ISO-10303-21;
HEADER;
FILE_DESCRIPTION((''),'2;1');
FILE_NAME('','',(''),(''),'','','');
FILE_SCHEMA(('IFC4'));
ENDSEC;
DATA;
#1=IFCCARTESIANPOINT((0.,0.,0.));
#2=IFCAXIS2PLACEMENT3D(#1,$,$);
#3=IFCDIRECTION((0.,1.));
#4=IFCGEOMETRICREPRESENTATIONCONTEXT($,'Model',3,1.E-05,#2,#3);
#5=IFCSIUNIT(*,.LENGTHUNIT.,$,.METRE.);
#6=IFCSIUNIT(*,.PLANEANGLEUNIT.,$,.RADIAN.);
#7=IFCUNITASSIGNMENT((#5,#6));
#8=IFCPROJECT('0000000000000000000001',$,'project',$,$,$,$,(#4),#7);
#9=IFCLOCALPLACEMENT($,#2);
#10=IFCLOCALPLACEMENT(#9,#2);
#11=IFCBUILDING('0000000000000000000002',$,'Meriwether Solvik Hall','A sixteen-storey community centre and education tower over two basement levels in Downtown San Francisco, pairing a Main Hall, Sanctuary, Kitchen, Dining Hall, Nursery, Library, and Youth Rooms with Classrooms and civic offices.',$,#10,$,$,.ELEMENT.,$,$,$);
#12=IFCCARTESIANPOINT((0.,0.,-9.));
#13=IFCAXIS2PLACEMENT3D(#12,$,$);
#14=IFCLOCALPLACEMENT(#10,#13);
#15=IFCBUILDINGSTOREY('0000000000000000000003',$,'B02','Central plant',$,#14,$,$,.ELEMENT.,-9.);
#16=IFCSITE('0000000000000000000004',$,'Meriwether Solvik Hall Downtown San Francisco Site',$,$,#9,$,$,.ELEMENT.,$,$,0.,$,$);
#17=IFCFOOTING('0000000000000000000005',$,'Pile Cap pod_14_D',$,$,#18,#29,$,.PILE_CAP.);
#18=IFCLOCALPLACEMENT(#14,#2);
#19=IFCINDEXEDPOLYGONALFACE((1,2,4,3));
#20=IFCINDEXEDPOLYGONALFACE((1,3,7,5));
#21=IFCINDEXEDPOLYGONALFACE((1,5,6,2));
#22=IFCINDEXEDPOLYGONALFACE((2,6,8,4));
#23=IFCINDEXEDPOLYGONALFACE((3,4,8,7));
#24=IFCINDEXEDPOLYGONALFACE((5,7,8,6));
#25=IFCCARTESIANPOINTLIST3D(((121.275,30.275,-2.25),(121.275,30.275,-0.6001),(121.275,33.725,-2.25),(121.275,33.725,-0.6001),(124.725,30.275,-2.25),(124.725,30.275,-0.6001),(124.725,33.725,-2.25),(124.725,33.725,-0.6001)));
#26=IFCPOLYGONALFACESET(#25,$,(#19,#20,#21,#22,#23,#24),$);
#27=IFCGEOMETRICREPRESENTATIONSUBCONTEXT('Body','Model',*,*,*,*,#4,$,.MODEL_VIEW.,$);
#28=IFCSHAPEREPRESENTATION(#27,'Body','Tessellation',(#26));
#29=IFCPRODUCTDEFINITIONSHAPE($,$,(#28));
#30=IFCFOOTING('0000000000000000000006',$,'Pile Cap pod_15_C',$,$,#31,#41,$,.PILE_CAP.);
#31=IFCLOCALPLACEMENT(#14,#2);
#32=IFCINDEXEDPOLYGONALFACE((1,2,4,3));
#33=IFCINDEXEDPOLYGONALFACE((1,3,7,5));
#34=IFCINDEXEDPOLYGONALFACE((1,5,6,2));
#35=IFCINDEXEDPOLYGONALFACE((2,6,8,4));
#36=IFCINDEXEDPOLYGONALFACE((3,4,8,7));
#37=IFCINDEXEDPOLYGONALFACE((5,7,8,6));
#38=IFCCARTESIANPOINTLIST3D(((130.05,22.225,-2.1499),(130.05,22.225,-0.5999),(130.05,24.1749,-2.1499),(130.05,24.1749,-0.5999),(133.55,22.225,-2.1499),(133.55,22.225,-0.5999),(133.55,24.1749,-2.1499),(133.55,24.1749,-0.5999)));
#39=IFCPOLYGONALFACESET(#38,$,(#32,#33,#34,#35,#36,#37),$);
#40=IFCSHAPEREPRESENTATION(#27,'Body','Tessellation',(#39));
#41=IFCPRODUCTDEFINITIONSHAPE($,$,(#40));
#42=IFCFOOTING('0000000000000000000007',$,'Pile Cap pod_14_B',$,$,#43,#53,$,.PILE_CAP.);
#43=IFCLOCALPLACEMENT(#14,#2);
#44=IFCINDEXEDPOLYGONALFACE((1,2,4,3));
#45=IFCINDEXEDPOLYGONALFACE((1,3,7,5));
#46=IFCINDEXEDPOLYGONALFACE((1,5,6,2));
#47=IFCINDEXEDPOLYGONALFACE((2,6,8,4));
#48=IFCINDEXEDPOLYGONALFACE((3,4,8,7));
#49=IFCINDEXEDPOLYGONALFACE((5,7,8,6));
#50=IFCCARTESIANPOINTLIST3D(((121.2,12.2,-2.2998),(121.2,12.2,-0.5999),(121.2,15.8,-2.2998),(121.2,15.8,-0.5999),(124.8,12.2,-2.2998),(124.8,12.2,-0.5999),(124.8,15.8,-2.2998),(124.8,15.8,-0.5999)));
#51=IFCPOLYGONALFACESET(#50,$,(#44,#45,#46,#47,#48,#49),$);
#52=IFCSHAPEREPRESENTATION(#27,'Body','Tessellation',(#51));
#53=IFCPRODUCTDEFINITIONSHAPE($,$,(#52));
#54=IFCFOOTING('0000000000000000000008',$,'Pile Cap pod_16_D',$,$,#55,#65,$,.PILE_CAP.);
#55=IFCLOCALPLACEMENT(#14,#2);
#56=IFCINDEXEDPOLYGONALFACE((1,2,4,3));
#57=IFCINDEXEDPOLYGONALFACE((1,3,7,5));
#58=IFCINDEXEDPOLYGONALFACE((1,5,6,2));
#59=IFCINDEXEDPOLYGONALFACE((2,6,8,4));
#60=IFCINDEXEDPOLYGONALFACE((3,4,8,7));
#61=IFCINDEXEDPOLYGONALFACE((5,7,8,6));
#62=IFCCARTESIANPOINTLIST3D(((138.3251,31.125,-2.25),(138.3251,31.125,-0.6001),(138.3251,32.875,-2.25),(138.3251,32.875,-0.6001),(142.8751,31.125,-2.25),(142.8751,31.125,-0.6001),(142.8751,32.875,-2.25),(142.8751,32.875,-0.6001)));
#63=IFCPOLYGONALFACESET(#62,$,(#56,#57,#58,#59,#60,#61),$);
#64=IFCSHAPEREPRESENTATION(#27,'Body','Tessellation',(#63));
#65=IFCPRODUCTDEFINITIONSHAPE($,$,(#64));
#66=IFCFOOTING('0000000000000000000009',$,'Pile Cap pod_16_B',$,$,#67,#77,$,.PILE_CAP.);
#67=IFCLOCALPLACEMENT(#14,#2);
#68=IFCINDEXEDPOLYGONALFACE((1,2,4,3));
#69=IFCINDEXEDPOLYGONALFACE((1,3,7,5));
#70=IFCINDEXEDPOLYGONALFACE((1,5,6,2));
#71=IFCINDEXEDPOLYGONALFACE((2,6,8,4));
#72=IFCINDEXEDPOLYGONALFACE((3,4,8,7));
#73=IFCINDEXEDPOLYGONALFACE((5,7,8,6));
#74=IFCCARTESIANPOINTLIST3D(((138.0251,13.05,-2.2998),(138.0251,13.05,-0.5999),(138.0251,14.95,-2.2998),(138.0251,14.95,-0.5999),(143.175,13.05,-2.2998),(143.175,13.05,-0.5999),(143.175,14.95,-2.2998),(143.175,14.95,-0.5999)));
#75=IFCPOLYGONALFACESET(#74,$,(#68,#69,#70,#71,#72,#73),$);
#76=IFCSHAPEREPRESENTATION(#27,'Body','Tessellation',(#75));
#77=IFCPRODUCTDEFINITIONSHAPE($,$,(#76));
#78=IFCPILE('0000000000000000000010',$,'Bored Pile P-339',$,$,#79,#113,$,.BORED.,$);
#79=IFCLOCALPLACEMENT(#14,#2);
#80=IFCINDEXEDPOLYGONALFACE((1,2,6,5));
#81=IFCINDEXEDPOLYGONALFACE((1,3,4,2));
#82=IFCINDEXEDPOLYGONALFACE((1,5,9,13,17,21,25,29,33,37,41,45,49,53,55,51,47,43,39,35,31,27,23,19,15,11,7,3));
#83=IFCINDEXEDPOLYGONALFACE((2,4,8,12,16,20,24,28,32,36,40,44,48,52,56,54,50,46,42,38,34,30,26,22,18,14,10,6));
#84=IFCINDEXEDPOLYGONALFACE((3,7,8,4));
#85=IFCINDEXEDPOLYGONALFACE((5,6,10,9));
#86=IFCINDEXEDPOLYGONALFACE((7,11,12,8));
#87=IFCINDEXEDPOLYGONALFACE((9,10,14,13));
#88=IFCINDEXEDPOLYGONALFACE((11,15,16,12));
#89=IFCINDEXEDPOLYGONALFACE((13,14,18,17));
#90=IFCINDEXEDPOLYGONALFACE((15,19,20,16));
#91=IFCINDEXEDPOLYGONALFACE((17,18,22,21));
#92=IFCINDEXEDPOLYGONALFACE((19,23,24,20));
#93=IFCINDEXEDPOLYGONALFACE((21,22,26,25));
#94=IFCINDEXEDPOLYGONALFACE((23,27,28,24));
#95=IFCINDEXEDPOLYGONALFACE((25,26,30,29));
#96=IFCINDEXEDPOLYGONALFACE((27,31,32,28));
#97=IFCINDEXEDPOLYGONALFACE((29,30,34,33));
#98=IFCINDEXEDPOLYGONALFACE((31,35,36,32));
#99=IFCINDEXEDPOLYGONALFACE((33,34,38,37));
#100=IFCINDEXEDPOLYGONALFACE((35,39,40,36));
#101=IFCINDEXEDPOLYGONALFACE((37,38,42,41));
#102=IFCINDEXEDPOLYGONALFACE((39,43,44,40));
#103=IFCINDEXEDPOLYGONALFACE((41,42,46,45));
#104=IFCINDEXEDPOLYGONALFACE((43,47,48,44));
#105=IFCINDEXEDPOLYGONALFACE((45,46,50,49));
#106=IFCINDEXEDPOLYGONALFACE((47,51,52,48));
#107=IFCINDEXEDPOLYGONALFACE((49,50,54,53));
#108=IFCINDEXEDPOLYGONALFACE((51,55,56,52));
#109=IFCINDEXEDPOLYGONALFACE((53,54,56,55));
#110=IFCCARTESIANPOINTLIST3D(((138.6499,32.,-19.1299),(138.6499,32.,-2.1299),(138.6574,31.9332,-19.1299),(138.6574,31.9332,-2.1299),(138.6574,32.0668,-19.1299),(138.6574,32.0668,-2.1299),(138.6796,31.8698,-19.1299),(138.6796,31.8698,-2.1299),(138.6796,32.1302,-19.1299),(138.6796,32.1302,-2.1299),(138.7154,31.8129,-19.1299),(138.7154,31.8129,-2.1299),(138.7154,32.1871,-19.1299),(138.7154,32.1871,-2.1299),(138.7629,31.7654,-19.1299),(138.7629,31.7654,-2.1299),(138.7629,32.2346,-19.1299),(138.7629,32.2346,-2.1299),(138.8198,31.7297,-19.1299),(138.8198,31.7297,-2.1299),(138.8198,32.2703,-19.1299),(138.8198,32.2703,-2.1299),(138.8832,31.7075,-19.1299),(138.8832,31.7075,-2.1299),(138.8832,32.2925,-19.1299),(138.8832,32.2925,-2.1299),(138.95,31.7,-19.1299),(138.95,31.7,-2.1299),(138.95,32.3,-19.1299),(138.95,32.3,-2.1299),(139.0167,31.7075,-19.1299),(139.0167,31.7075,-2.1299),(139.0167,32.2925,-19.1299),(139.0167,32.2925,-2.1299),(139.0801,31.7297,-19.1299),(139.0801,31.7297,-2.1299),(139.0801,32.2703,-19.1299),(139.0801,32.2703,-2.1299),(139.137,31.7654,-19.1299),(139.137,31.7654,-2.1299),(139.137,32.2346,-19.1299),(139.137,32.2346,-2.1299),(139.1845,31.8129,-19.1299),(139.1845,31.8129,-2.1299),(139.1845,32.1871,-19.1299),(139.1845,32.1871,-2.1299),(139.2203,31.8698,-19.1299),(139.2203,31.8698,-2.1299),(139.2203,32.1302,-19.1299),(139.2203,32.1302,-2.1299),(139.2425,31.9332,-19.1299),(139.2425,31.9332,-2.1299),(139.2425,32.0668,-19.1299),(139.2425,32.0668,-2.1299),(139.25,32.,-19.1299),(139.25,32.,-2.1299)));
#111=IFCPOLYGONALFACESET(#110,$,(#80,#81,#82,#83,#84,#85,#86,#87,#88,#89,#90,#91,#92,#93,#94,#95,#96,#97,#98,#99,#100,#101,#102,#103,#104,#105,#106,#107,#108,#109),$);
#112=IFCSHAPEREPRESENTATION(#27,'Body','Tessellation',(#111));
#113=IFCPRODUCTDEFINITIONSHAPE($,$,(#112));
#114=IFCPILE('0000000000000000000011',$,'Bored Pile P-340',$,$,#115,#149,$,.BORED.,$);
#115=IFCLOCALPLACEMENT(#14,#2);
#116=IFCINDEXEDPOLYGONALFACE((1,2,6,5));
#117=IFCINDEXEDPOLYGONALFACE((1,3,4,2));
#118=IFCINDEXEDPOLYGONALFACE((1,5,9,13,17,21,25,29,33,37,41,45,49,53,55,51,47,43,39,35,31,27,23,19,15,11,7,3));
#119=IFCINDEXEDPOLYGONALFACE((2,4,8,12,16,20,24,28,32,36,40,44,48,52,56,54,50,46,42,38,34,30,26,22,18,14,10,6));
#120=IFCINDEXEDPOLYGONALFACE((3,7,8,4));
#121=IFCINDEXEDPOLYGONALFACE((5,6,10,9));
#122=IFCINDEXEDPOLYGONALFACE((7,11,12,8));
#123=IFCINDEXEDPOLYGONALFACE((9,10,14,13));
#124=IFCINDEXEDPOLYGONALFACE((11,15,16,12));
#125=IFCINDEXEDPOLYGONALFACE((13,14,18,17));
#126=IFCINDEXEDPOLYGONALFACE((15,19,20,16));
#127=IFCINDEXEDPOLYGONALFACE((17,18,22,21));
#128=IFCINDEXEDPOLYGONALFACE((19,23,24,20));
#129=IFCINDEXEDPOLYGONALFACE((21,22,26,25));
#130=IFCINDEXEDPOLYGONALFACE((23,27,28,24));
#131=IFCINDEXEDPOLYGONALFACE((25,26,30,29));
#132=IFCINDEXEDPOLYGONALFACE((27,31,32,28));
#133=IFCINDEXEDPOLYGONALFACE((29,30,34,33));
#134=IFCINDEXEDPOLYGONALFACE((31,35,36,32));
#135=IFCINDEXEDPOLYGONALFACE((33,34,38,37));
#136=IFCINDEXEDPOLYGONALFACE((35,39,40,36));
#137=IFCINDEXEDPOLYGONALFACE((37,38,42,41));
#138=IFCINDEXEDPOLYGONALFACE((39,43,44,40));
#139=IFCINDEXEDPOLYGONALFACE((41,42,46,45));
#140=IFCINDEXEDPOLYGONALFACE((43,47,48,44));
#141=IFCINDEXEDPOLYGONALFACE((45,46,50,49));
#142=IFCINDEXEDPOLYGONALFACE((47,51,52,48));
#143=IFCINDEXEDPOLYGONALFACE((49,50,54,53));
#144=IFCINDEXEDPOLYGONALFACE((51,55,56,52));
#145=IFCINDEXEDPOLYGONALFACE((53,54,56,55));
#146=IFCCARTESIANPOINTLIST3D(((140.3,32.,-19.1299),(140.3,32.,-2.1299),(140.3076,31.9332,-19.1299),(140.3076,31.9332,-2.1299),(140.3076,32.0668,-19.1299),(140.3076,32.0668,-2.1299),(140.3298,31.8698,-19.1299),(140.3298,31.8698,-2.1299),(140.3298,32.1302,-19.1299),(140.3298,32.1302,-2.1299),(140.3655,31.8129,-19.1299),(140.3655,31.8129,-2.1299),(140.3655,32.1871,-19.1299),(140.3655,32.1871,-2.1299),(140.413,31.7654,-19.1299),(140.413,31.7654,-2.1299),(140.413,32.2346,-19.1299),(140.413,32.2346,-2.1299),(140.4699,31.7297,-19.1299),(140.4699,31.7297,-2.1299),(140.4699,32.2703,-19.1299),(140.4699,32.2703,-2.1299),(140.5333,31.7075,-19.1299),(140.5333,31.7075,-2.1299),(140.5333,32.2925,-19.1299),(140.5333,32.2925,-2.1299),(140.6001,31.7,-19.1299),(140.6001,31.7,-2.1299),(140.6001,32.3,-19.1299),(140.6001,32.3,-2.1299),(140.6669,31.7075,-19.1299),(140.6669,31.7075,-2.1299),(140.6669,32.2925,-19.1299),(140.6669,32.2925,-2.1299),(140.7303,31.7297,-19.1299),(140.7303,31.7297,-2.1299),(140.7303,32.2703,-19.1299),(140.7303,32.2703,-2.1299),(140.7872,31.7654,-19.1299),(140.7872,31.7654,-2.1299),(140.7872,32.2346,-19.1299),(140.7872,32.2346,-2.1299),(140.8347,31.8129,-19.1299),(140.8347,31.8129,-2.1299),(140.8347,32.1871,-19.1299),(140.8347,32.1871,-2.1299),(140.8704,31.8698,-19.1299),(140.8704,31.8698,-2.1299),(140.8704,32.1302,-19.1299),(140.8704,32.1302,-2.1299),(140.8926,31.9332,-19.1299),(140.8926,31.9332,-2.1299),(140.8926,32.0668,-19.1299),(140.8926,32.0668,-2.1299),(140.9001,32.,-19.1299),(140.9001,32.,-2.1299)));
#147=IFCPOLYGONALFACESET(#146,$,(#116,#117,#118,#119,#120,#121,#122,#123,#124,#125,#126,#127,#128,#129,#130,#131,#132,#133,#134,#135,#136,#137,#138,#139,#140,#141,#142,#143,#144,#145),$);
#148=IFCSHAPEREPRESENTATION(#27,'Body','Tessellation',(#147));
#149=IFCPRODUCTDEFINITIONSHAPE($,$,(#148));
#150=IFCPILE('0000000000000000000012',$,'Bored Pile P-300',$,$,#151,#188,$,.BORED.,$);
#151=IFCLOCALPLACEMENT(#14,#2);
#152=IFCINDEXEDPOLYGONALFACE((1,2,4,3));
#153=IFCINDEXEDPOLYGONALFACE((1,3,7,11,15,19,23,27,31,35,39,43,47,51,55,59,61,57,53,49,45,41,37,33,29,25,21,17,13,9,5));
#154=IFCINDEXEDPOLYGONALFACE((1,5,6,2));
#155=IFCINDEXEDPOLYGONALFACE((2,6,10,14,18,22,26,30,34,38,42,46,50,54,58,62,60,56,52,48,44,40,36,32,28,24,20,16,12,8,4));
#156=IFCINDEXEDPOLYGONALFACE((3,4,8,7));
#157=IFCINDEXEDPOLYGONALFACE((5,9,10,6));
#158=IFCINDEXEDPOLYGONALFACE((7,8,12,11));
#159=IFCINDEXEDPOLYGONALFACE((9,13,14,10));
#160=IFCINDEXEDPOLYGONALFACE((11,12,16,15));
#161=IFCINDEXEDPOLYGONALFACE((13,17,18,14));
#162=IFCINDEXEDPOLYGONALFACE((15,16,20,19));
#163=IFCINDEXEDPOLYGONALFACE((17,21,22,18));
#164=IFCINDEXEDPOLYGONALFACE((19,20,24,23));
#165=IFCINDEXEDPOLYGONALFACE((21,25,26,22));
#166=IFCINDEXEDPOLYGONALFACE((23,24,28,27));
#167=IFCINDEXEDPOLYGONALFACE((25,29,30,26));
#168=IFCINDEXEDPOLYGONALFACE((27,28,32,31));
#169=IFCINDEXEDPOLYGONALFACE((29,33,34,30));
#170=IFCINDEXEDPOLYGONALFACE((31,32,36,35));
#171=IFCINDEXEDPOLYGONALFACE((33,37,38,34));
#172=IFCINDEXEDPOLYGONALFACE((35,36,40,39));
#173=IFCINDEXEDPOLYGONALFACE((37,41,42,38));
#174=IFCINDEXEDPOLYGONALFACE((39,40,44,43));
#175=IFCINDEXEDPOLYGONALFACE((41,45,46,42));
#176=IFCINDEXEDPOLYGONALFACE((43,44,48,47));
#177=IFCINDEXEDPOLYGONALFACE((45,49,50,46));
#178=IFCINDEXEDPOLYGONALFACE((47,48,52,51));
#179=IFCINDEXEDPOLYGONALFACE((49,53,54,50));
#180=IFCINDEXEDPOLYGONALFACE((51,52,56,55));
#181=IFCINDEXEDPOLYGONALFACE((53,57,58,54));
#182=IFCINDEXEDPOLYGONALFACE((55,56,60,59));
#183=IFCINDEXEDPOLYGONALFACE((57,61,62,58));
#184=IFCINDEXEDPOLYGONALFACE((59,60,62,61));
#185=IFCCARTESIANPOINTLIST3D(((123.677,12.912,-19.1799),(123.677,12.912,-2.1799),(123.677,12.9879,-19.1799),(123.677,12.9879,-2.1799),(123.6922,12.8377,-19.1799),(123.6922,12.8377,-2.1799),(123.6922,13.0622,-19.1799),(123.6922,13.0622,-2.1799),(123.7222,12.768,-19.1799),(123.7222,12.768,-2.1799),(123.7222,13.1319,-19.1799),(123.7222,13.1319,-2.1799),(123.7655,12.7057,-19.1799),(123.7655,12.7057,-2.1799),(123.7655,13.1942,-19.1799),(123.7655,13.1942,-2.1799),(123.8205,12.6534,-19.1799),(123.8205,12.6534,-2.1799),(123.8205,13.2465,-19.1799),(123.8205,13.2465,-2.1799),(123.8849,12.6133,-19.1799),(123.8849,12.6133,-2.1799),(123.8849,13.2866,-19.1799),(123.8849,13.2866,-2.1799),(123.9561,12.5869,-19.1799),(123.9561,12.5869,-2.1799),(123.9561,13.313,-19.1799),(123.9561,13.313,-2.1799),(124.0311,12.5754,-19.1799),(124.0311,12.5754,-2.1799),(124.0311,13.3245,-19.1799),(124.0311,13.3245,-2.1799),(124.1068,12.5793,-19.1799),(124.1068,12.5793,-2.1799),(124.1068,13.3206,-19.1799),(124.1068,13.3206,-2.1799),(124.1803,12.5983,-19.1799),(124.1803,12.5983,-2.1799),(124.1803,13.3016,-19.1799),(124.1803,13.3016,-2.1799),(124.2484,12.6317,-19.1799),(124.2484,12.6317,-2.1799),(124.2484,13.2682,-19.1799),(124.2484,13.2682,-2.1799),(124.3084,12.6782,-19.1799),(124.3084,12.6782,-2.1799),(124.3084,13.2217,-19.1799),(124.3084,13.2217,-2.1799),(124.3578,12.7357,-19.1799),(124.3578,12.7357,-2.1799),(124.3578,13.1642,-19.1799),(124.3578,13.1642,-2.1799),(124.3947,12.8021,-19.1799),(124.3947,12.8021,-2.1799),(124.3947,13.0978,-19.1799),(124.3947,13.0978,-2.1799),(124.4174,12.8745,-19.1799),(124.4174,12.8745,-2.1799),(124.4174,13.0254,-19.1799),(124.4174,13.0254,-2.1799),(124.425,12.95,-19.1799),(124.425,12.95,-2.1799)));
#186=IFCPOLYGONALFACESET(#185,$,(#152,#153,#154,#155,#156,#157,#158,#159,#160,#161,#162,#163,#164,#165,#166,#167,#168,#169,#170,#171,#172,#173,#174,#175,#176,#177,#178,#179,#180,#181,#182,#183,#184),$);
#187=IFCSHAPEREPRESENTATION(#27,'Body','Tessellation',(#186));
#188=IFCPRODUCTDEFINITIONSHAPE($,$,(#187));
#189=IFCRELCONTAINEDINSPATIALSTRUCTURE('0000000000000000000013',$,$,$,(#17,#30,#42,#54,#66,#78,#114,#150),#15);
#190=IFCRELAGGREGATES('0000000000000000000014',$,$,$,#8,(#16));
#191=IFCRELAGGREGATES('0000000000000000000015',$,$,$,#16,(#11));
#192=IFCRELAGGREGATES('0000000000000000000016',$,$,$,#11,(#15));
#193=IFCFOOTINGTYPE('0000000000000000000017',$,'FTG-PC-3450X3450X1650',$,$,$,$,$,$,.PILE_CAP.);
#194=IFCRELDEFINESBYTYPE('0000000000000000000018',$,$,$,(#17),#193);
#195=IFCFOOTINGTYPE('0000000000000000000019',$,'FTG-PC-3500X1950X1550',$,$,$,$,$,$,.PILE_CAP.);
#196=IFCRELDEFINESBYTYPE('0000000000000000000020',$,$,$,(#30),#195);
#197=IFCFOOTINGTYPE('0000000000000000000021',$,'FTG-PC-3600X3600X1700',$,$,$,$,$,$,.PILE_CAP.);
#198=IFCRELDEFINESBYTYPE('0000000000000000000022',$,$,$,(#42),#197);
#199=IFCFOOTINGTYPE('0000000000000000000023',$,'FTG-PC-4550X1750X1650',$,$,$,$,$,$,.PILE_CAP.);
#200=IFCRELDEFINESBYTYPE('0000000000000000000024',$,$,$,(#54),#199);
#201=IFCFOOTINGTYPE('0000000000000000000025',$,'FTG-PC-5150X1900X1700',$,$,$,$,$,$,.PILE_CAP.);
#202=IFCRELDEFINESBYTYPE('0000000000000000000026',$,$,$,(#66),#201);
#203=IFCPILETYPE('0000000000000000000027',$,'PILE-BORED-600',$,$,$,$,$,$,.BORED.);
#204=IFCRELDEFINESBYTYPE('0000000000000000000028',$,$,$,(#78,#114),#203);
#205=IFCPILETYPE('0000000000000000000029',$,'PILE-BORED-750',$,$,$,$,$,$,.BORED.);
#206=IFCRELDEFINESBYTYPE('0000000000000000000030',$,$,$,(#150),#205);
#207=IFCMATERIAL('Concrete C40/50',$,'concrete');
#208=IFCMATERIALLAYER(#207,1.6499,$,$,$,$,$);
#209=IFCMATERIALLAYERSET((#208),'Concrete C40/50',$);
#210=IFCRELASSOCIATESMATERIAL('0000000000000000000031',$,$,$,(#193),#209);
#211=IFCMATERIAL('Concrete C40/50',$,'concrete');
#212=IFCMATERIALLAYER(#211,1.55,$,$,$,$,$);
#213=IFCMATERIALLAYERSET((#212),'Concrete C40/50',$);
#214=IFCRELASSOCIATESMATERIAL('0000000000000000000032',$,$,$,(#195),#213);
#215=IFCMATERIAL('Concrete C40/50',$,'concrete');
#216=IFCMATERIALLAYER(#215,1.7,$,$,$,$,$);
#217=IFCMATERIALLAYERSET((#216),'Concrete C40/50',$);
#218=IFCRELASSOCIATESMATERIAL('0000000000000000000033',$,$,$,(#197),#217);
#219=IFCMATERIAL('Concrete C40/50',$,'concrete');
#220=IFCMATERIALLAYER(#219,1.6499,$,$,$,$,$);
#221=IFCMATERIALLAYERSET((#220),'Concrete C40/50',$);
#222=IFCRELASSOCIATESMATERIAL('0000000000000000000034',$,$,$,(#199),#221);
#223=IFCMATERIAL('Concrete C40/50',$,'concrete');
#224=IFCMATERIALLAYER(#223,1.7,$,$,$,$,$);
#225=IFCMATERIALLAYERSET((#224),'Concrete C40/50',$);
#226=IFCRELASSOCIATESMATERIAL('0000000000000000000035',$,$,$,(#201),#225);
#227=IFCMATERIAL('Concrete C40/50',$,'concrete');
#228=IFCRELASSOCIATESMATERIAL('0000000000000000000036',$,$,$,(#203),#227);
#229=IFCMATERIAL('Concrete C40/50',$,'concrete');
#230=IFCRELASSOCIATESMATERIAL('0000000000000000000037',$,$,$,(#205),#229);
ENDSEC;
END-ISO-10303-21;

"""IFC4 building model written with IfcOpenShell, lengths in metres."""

from ifc_helpers import new_model, si_unit, direction, frame, origin, origin_2d, place, context, subcontext, project, spatial, rectangle, circle, extrude, material, layer, layer_set, material_profile, profile_set, type_object, element, save


model = new_model("IFC4")

# Units and contexts
model_context = context("Model", 3, precision=1e-05, world=origin(), true_north=direction((0.0, 1.0)))
body_context = subcontext(model_context, "Body", "Model", "MODEL_VIEW")
ifc_project = project(units=[si_unit("LENGTHUNIT", "METRE"), si_unit("PLANEANGLEUNIT", "RADIAN")], contexts=[model_context])

# Site, building, storey
site_placement = place(None, origin())
site = spatial("IfcSite", under=ifc_project, at=site_placement, Name="Meriwether Solvik Hall Downtown San Francisco Site", CompositionType="ELEMENT", RefElevation=0.0)
building_placement = place(site_placement, origin())
building = spatial("IfcBuilding", under=site, at=building_placement, Name="Meriwether Solvik Hall", Description="A sixteen-storey community centre and education tower over two basement levels in Downtown San Francisco, pairing a Main Hall, Sanctuary, Kitchen, Dining Hall, Nursery, Library, and Youth Rooms with Classrooms and civic offices.", CompositionType="ELEMENT")
storey_placement = place(building_placement, frame((0.0, 0.0, -9.0)))
storey = spatial("IfcBuildingStorey", under=building, at=storey_placement, Name="B02", Description="Central plant", CompositionType="ELEMENT", Elevation=-9.0)

# Footings
ifc_material_1 = material(Name="Concrete C40/50", Category="concrete")
ifc_layer_1 = layer(ifc_material_1, 1.6499)
ifc_layer_set_1 = layer_set([ifc_layer_1], Name="Concrete C40/50")
footing_type_1 = type_object("IfcFootingType", Name="FTG-PC-3450X3450X1650", PredefinedType="PILE_CAP", material=ifc_layer_set_1)
footing_1_placement = place(storey_placement, frame((123.0, 32.0, -2.25), z_axis=(0.0, 0.0, 1.0), x_axis=(1.0, 0.0, 0.0)))
element("IfcFooting", 1, at=footing_1_placement, inside=storey, type_object=footing_type_1, Name="Pile Cap pod_14_D", PredefinedType="PILE_CAP", context=body_context, shape_type="SweptSolid", body=[
    extrude(rectangle(XDim=3.45, YDim=3.45, at=origin_2d()), origin(), (0.0, 0.0, 1.0), 1.6499),
])
ifc_material_2 = material(Name="Concrete C40/50", Category="concrete")
ifc_layer_2 = layer(ifc_material_2, 1.55)
ifc_layer_set_2 = layer_set([ifc_layer_2], Name="Concrete C40/50")
footing_type_2 = type_object("IfcFootingType", Name="FTG-PC-3500X1950X1550", PredefinedType="PILE_CAP", material=ifc_layer_set_2)
footing_2_placement = place(storey_placement, frame((131.8, 23.2, -2.1499), z_axis=(0.0, 0.0, 1.0), x_axis=(1.0, 0.0, 0.0)))
element("IfcFooting", 2, at=footing_2_placement, inside=storey, type_object=footing_type_2, Name="Pile Cap pod_15_C", PredefinedType="PILE_CAP", context=body_context, shape_type="SweptSolid", body=[
    extrude(rectangle(XDim=3.5, YDim=1.95, at=origin_2d()), origin(), (0.0, 0.0, 1.0), 1.55),
])
ifc_material_3 = material(Name="Concrete C40/50", Category="concrete")
ifc_layer_3 = layer(ifc_material_3, 1.7)
ifc_layer_set_3 = layer_set([ifc_layer_3], Name="Concrete C40/50")
footing_type_3 = type_object("IfcFootingType", Name="FTG-PC-3600X3600X1700", PredefinedType="PILE_CAP", material=ifc_layer_set_3)
footing_3_placement = place(storey_placement, frame((123.0, 14.0, -2.2998), z_axis=(0.0, 0.0, 1.0), x_axis=(1.0, 0.0, 0.0)))
element("IfcFooting", 3, at=footing_3_placement, inside=storey, type_object=footing_type_3, Name="Pile Cap pod_14_B", PredefinedType="PILE_CAP", context=body_context, shape_type="SweptSolid", body=[
    extrude(rectangle(XDim=3.6001, YDim=3.6001, at=origin_2d()), origin(), (0.0, 0.0, 1.0), 1.7),
])
ifc_material_4 = material(Name="Concrete C40/50", Category="concrete")
ifc_layer_4 = layer(ifc_material_4, 1.6499)
ifc_layer_set_4 = layer_set([ifc_layer_4], Name="Concrete C40/50")
footing_type_4 = type_object("IfcFootingType", Name="FTG-PC-4550X1750X1650", PredefinedType="PILE_CAP", material=ifc_layer_set_4)
footing_4_placement = place(storey_placement, frame((140.6001, 32.0, -2.25), z_axis=(0.0, 0.0, 1.0), x_axis=(1.0, 0.0, 0.0)))
element("IfcFooting", 4, at=footing_4_placement, inside=storey, type_object=footing_type_4, Name="Pile Cap pod_16_D", PredefinedType="PILE_CAP", context=body_context, shape_type="SweptSolid", body=[
    extrude(rectangle(XDim=4.55, YDim=1.75, at=origin_2d()), origin(), (0.0, 0.0, 1.0), 1.6499),
])
ifc_material_5 = material(Name="Concrete C40/50", Category="concrete")
ifc_layer_5 = layer(ifc_material_5, 1.7)
ifc_layer_set_5 = layer_set([ifc_layer_5], Name="Concrete C40/50")
footing_type_5 = type_object("IfcFootingType", Name="FTG-PC-5150X1900X1700", PredefinedType="PILE_CAP", material=ifc_layer_set_5)
footing_5_placement = place(storey_placement, frame((140.6001, 14.0, -2.2998), z_axis=(0.0, 0.0, 1.0), x_axis=(1.0, 0.0, 0.0)))
element("IfcFooting", 5, at=footing_5_placement, inside=storey, type_object=footing_type_5, Name="Pile Cap pod_16_B", PredefinedType="PILE_CAP", context=body_context, shape_type="SweptSolid", body=[
    extrude(rectangle(XDim=5.1499, YDim=1.8999, at=origin_2d()), origin(), (0.0, 0.0, 1.0), 1.7),
])

# Piles
ifc_material_6 = material(Name="Concrete C40/50", Category="concrete")
ifc_material_profile_1 = material_profile(ifc_material_6, circle(Radius=0.3, at=origin_2d()), Name="PILE-D600")
ifc_profile_set_1 = profile_set([ifc_material_profile_1], Name="Concrete C40/50")
pile_type_1 = type_object("IfcPileType", Name="PILE-BORED-600", PredefinedType="BORED", material=ifc_profile_set_1)
for number, where, z_axis, x_axis, name in (
    (6, (138.95, 32.0, -2.1299), (0.0, 0.0, -1.0), (1.0, 0.0, 0.0), "Bored Pile P-339"),
    (7, (140.6001, 32.0, -2.1299), (0.0, 0.0, -1.0), (1.0, 0.0, 0.0), "Bored Pile P-340"),
):
    element("IfcPile", number, at=place(storey_placement, frame(where, z_axis=z_axis, x_axis=x_axis)), inside=storey, type_object=pile_type_1, Name=name, PredefinedType="BORED", context=body_context, shape_type="SweptSolid", body=[
        extrude(circle(Radius=0.3, at=origin_2d()), origin(), (0.0, 0.0, 1.0), 17.0),
    ])
ifc_material_7 = material(Name="Concrete C40/50", Category="concrete")
ifc_material_profile_2 = material_profile(ifc_material_7, circle(Radius=0.375, at=origin_2d()), Name="PILE-D750")
ifc_profile_set_2 = profile_set([ifc_material_profile_2], Name="Concrete C40/50")
pile_type_2 = type_object("IfcPileType", Name="PILE-BORED-750", PredefinedType="BORED", material=ifc_profile_set_2)
for number, where, z_axis, x_axis, name in (
    (8, (124.05, 12.95, -2.1799), (0.0, 0.0, -1.0), (1.0, 0.0, 0.0), "Bored Pile P-300"),
):
    element("IfcPile", number, at=place(storey_placement, frame(where, z_axis=z_axis, x_axis=x_axis)), inside=storey, type_object=pile_type_2, Name=name, PredefinedType="BORED", context=body_context, shape_type="SweptSolid", body=[
        extrude(circle(Radius=0.375, at=origin_2d()), origin(), (0.0, 0.0, 1.0), 17.0),
    ])

save(model, "model.ifc")
